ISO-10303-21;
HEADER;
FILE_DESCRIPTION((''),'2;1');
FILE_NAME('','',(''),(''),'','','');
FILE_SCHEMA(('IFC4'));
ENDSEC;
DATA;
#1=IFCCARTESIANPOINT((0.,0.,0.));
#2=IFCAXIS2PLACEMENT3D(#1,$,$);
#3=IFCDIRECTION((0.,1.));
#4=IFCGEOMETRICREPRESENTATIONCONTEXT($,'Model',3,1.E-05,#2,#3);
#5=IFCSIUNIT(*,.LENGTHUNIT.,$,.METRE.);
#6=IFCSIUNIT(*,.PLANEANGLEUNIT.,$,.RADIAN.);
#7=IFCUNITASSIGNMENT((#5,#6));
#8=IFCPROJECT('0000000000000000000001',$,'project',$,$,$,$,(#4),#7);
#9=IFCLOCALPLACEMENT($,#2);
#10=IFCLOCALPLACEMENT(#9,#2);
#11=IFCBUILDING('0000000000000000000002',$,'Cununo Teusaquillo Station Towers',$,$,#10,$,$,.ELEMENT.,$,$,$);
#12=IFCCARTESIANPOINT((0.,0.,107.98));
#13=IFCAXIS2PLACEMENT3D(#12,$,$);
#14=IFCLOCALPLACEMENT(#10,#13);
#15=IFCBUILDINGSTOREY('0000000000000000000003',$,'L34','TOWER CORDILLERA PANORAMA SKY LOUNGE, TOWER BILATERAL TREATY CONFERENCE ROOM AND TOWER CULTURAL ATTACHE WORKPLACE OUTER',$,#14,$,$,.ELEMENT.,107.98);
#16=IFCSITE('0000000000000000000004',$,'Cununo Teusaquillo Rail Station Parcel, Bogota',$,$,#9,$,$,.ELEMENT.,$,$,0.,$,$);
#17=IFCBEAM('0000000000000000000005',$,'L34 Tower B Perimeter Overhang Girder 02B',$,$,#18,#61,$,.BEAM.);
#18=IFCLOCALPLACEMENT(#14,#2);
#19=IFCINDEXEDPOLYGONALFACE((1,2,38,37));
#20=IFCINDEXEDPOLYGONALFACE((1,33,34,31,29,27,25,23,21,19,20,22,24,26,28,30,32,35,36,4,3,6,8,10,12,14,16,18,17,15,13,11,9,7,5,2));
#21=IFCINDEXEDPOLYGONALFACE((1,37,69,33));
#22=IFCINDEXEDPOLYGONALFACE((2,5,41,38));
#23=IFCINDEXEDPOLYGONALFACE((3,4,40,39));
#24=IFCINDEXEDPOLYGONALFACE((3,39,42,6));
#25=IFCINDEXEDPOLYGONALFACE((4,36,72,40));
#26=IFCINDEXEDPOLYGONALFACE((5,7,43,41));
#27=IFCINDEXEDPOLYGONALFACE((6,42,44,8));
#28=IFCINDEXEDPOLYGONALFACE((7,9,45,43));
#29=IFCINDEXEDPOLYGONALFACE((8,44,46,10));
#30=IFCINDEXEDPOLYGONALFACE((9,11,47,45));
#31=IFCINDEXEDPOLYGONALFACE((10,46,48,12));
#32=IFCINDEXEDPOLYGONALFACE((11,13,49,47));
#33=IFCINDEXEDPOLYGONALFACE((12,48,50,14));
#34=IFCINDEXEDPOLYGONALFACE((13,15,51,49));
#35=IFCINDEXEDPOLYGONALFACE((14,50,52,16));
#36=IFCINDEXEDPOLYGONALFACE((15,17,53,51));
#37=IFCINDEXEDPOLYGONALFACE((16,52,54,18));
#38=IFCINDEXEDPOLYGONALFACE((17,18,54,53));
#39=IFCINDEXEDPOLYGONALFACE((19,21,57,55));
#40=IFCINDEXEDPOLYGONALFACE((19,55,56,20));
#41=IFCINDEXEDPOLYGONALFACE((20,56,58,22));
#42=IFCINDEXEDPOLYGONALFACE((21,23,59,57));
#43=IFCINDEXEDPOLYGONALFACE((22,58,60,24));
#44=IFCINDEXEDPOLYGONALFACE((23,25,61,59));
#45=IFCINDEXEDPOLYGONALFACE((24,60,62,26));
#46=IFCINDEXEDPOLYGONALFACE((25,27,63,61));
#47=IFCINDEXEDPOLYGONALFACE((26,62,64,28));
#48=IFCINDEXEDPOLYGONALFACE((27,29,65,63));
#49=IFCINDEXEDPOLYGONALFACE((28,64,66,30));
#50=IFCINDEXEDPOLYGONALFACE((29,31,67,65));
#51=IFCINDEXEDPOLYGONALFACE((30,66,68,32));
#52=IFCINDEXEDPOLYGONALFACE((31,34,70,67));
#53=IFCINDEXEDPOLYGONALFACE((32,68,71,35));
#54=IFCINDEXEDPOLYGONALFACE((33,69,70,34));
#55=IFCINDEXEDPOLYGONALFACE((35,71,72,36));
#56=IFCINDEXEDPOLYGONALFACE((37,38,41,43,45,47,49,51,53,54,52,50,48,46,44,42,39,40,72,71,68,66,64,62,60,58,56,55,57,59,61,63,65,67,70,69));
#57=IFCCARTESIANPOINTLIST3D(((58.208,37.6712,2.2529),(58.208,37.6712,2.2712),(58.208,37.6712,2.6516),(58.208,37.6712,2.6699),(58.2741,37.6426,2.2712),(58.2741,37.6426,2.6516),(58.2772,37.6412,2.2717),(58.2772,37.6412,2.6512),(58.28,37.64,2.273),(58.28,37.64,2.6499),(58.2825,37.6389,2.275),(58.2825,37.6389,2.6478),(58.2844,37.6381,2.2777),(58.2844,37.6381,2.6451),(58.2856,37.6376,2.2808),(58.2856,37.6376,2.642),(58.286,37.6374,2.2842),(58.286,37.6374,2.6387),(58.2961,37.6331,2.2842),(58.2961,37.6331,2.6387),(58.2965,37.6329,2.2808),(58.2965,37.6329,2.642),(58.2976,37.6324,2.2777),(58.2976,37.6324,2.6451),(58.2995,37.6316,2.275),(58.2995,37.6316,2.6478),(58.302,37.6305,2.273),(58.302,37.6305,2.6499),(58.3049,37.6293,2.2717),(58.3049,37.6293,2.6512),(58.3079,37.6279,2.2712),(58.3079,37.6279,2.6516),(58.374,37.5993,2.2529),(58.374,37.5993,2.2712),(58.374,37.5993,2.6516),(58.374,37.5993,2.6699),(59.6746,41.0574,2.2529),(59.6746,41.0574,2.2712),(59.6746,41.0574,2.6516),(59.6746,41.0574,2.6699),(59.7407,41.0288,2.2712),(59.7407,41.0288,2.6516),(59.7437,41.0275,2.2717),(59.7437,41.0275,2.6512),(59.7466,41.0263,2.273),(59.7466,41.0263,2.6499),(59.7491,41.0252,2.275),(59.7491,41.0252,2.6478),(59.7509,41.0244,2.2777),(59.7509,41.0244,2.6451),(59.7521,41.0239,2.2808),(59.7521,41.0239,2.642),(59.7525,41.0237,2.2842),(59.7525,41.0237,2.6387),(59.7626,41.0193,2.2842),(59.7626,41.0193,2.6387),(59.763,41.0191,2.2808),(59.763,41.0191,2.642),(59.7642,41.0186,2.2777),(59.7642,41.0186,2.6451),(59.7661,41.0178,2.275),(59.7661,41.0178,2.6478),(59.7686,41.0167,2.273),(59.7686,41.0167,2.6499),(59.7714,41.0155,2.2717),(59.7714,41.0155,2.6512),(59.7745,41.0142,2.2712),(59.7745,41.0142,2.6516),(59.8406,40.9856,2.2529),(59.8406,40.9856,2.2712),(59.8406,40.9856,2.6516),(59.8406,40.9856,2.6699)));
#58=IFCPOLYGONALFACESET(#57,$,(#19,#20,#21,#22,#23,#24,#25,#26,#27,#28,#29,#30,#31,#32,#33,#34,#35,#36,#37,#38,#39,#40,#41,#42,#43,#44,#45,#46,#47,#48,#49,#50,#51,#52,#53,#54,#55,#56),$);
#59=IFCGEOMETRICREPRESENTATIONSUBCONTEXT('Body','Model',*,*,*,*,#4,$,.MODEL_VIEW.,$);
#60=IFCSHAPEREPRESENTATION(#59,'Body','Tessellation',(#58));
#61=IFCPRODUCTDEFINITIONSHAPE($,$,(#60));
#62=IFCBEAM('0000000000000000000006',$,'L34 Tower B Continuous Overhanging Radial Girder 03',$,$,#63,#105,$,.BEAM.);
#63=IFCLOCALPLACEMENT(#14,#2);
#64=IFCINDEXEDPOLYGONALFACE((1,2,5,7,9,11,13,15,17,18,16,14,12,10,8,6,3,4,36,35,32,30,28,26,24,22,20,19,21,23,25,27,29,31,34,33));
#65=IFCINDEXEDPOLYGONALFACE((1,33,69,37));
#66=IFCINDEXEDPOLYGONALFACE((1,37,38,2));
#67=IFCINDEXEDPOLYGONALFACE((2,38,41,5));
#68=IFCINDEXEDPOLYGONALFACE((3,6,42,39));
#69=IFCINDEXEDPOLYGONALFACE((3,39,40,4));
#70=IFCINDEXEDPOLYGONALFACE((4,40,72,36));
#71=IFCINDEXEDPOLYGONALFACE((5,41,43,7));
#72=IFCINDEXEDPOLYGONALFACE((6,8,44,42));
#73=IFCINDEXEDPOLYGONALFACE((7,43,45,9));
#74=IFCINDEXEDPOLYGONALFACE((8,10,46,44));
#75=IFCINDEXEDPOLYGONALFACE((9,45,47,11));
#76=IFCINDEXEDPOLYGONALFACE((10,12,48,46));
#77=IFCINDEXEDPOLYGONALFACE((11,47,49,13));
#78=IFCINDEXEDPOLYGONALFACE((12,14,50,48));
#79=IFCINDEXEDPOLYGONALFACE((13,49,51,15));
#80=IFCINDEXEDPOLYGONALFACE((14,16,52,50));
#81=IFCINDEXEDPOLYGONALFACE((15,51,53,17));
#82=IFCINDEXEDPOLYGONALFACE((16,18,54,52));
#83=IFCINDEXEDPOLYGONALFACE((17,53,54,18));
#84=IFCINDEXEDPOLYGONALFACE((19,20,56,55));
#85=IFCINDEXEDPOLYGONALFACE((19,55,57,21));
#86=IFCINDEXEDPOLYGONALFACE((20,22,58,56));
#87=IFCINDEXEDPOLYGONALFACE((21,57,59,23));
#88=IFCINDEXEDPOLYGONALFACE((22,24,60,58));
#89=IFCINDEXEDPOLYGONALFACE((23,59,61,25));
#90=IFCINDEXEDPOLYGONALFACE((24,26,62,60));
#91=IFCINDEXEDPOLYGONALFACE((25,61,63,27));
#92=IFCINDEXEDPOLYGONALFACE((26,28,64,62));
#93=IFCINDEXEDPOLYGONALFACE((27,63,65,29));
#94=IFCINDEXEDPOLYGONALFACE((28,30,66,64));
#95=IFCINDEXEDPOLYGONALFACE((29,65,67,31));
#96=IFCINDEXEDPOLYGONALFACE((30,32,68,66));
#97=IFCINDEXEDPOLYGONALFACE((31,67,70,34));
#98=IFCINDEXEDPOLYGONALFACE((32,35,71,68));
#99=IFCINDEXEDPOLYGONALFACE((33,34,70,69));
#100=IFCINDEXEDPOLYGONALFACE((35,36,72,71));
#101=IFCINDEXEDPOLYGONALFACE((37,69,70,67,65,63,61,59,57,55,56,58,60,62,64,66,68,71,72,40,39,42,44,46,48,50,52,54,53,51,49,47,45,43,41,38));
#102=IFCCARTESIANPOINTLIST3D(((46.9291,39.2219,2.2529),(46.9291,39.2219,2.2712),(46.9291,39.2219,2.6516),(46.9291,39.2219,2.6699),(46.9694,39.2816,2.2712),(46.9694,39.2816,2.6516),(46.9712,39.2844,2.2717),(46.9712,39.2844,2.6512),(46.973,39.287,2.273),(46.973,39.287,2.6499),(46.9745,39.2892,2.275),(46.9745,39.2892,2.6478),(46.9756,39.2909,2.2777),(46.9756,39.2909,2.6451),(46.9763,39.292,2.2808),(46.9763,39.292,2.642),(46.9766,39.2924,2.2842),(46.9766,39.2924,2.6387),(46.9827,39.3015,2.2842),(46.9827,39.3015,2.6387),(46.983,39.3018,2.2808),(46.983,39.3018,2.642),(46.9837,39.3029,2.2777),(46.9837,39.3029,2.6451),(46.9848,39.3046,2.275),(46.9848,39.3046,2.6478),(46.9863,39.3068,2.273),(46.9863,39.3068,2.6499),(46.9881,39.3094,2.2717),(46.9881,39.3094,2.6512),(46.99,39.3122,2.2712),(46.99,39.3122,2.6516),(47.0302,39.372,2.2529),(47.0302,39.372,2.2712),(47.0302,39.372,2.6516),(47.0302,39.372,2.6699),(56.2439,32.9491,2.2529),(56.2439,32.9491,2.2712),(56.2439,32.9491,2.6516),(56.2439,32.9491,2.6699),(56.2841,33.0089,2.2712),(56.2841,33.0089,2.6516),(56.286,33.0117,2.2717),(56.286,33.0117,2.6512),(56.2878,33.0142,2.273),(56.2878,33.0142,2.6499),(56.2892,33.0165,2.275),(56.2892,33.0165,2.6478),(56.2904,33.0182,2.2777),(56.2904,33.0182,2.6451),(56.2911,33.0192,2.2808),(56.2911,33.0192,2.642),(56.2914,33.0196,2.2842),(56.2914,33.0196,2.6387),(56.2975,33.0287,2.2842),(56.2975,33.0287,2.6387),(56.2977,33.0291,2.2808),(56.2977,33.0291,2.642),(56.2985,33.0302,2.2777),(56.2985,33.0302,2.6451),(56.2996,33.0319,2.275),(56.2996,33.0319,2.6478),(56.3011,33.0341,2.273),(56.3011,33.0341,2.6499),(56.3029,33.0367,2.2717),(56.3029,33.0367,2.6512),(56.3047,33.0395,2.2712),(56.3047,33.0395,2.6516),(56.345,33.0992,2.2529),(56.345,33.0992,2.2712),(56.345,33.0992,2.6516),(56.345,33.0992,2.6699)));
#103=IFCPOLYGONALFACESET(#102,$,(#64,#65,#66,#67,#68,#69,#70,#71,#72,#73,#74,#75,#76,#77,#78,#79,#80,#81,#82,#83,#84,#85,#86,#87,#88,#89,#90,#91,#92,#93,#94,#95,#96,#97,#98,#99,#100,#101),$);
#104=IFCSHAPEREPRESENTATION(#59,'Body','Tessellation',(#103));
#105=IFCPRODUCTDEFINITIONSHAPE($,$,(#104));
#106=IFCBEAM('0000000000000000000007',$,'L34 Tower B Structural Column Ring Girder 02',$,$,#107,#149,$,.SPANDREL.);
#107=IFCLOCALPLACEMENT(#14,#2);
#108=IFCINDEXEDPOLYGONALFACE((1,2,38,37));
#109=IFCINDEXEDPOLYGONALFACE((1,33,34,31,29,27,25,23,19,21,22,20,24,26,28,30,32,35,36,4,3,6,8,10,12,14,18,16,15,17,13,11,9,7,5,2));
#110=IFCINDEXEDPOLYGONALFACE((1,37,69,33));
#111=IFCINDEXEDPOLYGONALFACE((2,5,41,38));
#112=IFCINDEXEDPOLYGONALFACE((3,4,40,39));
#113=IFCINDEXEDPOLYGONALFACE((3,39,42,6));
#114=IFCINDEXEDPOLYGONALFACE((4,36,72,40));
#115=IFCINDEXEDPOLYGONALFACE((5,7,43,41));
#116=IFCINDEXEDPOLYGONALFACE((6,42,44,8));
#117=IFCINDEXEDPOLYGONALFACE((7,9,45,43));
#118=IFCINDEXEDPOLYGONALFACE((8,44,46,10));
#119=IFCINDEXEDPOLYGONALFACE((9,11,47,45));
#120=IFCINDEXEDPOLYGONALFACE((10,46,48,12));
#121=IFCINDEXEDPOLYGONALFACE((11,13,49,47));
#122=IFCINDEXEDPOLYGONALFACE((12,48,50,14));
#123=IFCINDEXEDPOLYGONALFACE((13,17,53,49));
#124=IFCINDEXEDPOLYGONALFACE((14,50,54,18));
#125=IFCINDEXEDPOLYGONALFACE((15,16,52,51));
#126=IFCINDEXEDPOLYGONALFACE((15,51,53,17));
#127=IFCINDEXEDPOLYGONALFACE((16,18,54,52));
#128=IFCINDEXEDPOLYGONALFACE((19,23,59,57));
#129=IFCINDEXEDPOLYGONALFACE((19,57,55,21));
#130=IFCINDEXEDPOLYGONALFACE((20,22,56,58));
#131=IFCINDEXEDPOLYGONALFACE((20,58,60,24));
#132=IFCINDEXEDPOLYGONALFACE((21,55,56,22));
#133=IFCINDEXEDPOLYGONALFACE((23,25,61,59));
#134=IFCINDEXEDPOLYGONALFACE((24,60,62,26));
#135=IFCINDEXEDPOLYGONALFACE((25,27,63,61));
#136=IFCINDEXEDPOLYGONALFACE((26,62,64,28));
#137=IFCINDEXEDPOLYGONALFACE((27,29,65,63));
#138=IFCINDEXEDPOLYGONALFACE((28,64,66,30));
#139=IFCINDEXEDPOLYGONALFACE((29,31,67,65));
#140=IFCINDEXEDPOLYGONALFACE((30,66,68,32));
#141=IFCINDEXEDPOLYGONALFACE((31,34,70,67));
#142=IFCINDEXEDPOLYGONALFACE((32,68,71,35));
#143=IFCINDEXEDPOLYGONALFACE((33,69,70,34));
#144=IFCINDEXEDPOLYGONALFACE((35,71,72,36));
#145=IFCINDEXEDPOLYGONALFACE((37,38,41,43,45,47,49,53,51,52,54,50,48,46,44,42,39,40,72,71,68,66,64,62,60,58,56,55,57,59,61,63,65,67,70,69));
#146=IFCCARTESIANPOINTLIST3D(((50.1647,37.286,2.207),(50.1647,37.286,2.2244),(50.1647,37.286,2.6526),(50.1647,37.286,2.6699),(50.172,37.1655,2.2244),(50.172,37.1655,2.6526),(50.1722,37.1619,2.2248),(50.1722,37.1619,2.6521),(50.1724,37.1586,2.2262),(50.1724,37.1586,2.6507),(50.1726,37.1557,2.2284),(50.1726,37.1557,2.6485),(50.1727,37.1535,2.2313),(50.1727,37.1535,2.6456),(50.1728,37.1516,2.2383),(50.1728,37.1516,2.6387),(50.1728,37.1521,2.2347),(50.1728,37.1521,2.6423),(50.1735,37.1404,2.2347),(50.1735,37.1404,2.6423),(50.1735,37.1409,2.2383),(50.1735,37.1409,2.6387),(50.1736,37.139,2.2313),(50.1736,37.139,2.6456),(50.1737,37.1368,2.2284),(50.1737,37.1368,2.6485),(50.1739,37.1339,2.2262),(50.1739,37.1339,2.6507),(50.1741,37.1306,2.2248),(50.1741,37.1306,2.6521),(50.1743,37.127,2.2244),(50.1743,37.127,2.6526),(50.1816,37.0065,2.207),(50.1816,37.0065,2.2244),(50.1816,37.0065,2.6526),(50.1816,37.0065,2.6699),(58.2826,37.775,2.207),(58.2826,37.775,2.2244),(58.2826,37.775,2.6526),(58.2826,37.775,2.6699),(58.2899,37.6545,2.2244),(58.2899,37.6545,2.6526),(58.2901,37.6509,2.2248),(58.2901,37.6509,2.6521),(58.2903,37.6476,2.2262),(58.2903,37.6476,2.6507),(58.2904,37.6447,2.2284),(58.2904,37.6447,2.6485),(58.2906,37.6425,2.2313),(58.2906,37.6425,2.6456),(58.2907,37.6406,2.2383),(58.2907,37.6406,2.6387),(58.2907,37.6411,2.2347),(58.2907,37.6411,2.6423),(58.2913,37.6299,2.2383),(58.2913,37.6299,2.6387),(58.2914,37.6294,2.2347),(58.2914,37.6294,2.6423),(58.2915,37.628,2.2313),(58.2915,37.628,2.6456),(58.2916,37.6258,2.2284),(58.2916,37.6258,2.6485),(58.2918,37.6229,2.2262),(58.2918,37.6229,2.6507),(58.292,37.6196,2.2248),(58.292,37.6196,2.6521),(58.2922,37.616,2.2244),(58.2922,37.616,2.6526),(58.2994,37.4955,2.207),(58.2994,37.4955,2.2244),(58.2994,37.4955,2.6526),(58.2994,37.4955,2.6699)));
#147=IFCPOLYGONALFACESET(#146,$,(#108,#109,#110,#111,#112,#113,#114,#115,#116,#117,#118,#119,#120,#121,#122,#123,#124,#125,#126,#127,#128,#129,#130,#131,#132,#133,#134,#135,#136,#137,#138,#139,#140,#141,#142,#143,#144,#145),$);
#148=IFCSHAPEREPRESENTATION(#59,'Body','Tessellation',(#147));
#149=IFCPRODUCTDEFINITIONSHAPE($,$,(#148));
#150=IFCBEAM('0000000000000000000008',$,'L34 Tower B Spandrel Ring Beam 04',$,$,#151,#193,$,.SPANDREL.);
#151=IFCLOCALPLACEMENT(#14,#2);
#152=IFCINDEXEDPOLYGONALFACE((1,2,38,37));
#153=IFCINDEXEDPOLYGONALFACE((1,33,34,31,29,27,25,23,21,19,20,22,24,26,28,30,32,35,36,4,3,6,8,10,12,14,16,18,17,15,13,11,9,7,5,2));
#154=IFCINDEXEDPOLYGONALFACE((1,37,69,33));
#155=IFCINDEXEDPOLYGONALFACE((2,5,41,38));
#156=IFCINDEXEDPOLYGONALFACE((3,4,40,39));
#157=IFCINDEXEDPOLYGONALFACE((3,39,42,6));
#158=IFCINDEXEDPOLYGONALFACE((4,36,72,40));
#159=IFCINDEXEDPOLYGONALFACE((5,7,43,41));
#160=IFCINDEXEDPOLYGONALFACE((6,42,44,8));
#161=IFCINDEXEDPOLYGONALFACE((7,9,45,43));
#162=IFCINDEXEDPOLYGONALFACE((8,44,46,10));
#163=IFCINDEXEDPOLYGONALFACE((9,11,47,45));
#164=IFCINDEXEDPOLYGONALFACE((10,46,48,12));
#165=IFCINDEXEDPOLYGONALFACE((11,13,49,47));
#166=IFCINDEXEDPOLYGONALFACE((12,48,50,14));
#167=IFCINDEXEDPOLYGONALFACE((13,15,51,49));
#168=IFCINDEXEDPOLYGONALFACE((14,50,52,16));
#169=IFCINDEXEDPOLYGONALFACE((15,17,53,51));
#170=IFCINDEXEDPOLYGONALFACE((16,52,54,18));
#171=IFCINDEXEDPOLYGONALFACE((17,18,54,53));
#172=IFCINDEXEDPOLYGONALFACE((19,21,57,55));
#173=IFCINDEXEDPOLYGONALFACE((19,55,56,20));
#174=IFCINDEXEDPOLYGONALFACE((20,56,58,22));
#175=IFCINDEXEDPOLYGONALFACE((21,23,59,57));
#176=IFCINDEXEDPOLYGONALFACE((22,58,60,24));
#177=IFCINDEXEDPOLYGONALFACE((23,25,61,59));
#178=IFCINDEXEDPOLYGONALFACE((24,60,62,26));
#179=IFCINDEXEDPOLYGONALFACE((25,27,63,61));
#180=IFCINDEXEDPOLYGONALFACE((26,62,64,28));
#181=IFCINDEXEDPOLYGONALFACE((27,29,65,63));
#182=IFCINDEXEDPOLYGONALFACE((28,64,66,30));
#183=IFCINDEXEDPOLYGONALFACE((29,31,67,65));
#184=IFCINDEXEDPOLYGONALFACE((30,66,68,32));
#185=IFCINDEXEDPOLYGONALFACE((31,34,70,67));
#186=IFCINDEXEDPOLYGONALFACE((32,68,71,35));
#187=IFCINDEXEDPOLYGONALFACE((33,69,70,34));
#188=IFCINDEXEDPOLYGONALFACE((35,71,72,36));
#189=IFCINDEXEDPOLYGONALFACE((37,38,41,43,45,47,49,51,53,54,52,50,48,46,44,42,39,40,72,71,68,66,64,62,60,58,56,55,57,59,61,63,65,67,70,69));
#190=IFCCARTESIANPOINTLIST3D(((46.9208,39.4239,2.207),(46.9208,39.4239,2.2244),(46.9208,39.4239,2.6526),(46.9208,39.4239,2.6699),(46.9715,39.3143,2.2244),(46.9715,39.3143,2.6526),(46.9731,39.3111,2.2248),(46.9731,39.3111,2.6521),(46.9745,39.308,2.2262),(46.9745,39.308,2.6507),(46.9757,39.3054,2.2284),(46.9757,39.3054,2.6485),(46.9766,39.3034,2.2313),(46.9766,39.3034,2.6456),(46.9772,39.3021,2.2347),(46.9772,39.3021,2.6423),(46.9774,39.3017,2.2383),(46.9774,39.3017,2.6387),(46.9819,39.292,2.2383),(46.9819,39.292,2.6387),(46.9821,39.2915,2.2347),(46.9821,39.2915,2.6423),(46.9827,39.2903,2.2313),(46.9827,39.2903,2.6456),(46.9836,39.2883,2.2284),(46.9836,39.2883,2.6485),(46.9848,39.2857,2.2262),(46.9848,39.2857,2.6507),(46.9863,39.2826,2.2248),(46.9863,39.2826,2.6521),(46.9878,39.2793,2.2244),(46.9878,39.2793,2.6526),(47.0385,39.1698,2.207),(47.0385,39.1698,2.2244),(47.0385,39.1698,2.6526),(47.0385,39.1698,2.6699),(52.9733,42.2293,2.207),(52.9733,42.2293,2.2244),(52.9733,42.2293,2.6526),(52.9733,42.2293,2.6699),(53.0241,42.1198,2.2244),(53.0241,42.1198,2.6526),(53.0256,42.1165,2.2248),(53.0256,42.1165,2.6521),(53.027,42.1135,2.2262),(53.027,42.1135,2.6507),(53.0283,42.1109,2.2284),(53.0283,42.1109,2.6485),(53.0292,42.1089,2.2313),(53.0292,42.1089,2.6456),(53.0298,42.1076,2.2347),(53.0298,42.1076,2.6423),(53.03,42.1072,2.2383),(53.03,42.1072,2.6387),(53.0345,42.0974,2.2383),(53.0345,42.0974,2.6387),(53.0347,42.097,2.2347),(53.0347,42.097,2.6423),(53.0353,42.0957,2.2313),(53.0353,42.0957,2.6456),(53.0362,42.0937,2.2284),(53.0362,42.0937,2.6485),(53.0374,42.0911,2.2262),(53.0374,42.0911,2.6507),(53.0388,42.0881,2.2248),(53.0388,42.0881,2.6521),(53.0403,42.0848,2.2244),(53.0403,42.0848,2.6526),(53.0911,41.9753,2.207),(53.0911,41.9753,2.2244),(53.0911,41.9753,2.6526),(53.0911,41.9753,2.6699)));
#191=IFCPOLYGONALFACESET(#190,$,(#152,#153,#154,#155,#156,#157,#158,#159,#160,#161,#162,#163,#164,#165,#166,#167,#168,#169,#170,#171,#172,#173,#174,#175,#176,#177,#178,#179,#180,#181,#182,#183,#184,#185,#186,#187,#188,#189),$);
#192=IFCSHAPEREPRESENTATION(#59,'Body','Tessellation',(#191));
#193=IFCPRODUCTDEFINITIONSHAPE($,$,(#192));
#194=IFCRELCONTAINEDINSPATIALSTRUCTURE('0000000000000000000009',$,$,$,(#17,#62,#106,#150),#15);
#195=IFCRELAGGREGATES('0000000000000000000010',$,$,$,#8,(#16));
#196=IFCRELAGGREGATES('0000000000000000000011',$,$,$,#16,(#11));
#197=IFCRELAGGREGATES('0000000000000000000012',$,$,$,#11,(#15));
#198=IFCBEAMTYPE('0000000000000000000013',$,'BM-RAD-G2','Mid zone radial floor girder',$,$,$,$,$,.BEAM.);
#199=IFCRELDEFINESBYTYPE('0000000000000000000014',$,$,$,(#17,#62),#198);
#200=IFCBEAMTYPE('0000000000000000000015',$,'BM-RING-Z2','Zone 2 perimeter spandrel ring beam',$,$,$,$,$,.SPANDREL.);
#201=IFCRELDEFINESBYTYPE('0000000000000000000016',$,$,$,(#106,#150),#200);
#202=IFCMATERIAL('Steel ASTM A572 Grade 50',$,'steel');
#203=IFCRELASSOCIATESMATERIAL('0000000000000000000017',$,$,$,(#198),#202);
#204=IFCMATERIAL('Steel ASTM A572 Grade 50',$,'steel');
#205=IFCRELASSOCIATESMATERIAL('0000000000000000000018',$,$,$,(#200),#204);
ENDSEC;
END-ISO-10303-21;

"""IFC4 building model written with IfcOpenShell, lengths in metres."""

from ifc_helpers import new_model, si_unit, direction, frame, origin, origin_2d, place, context, subcontext, project, spatial, i_section, extrude, material, material_profile, profile_set, type_object, element, save


model = new_model("IFC4")

# Units and contexts
model_context = context("Model", 3, precision=1e-05, world=origin(), true_north=direction((0.0, 1.0)))
body_context = subcontext(model_context, "Body", "Model", "MODEL_VIEW")
ifc_project = project(units=[si_unit("LENGTHUNIT", "METRE"), si_unit("PLANEANGLEUNIT", "RADIAN")], contexts=[model_context])

# Site, building, storey
site_placement = place(None, origin())
site = spatial("IfcSite", under=ifc_project, at=site_placement, Name="Cununo Teusaquillo Rail Station Parcel, Bogota", CompositionType="ELEMENT", RefElevation=0.0)
building_placement = place(site_placement, origin())
building = spatial("IfcBuilding", under=site, at=building_placement, Name="Cununo Teusaquillo Station Towers", CompositionType="ELEMENT")
storey_placement = place(building_placement, frame((0.0, 0.0, 107.98)))
storey = spatial("IfcBuildingStorey", under=building, at=storey_placement, Name="L34", Description="TOWER CORDILLERA PANORAMA SKY LOUNGE, TOWER BILATERAL TREATY CONFERENCE ROOM AND TOWER CULTURAL ATTACHE WORKPLACE OUTER", CompositionType="ELEMENT", Elevation=107.98)

# Beams
ifc_material_1 = material(Name="Steel ASTM A572 Grade 50", Category="steel")
ifc_material_profile_1 = material_profile(ifc_material_1, i_section(OverallWidth=0.1809, OverallDepth=0.417, WebThickness=0.011, FlangeThickness=0.0183, FilletRadius=0.0129, at=origin_2d()), Name="W16X57")
ifc_profile_set_1 = profile_set([ifc_material_profile_1], Name="Steel ASTM A572 Grade 50")
beam_type_1 = type_object("IfcBeamType", Name="BM-RAD-G2", Description="Mid zone radial floor girder", PredefinedType="BEAM", material=ifc_profile_set_1)
beam_1_placement = place(storey_placement, frame((58.291, 37.6353, 2.4614), z_axis=(0.397422, 0.917636, 0.0), x_axis=(-0.917636, 0.397422, 0.0)))
element("IfcBeam", 1, at=beam_1_placement, inside=storey, type_object=beam_type_1, Name="L34 Tower B Perimeter Overhang Girder 02B", PredefinedType="BEAM", context=body_context, shape_type="SweptSolid", body=[
    extrude(i_section(OverallWidth=0.1809, OverallDepth=0.417, WebThickness=0.011, FlangeThickness=0.0183, FilletRadius=0.0129, at=origin_2d()), origin(), (0.0, 0.0, 1.0), 3.6902),
])
beam_2_placement = place(storey_placement, frame((56.2944, 33.0242, 2.4614), z_axis=(-0.829456, 0.558572, 0.0), x_axis=(-0.558572, -0.829456, 0.0)))
element("IfcBeam", 2, at=beam_2_placement, inside=storey, type_object=beam_type_1, Name="L34 Tower B Continuous Overhanging Radial Girder 03", PredefinedType="BEAM", context=body_context, shape_type="SweptSolid", body=[
    extrude(i_section(OverallWidth=0.1809, OverallDepth=0.417, WebThickness=0.011, FlangeThickness=0.0183, FilletRadius=0.0129, at=origin_2d()), origin(), (0.0, 0.0, 1.0), 11.23),
])
ifc_material_2 = material(Name="Steel ASTM A572 Grade 50", Category="steel")
ifc_material_profile_2 = material_profile(ifc_material_2, i_section(OverallWidth=0.28, OverallDepth=0.4629, WebThickness=0.0107, FlangeThickness=0.0173, FilletRadius=0.0139, at=origin_2d()), Name="W18X76")
ifc_profile_set_2 = profile_set([ifc_material_profile_2], Name="Steel ASTM A572 Grade 50")
beam_type_2 = type_object("IfcBeamType", Name="BM-RING-Z2", Description="Zone 2 perimeter spandrel ring beam", PredefinedType="SPANDREL", material=ifc_profile_set_2)
beam_3_placement = place(storey_placement, frame((58.291, 37.6353, 2.4385), z_axis=(-0.998191, -0.06013, 0.0), x_axis=(0.06013, -0.998191, 0.0)))
element("IfcBeam", 3, at=beam_3_placement, inside=storey, type_object=beam_type_2, Name="L34 Tower B Structural Column Ring Girder 02", PredefinedType="SPANDREL", context=body_context, shape_type="SweptSolid", body=[
    extrude(i_section(OverallWidth=0.28, OverallDepth=0.4629, WebThickness=0.0107, FlangeThickness=0.0173, FilletRadius=0.0139, at=origin_2d()), origin(), (0.0, 0.0, 1.0), 8.1326),
])
beam_4_placement = place(storey_placement, frame((53.0322, 42.1023, 2.4385), z_axis=(-0.907276, -0.420536, 0.0), x_axis=(0.420536, -0.907276, 0.0)))
element("IfcBeam", 4, at=beam_4_placement, inside=storey, type_object=beam_type_2, Name="L34 Tower B Spandrel Ring Beam 04", PredefinedType="SPANDREL", context=body_context, shape_type="SweptSolid", body=[
    extrude(i_section(OverallWidth=0.28, OverallDepth=0.4629, WebThickness=0.0107, FlangeThickness=0.0173, FilletRadius=0.0139, at=origin_2d()), origin(), (0.0, 0.0, 1.0), 6.6711),
])

save(model, "model.ifc")
